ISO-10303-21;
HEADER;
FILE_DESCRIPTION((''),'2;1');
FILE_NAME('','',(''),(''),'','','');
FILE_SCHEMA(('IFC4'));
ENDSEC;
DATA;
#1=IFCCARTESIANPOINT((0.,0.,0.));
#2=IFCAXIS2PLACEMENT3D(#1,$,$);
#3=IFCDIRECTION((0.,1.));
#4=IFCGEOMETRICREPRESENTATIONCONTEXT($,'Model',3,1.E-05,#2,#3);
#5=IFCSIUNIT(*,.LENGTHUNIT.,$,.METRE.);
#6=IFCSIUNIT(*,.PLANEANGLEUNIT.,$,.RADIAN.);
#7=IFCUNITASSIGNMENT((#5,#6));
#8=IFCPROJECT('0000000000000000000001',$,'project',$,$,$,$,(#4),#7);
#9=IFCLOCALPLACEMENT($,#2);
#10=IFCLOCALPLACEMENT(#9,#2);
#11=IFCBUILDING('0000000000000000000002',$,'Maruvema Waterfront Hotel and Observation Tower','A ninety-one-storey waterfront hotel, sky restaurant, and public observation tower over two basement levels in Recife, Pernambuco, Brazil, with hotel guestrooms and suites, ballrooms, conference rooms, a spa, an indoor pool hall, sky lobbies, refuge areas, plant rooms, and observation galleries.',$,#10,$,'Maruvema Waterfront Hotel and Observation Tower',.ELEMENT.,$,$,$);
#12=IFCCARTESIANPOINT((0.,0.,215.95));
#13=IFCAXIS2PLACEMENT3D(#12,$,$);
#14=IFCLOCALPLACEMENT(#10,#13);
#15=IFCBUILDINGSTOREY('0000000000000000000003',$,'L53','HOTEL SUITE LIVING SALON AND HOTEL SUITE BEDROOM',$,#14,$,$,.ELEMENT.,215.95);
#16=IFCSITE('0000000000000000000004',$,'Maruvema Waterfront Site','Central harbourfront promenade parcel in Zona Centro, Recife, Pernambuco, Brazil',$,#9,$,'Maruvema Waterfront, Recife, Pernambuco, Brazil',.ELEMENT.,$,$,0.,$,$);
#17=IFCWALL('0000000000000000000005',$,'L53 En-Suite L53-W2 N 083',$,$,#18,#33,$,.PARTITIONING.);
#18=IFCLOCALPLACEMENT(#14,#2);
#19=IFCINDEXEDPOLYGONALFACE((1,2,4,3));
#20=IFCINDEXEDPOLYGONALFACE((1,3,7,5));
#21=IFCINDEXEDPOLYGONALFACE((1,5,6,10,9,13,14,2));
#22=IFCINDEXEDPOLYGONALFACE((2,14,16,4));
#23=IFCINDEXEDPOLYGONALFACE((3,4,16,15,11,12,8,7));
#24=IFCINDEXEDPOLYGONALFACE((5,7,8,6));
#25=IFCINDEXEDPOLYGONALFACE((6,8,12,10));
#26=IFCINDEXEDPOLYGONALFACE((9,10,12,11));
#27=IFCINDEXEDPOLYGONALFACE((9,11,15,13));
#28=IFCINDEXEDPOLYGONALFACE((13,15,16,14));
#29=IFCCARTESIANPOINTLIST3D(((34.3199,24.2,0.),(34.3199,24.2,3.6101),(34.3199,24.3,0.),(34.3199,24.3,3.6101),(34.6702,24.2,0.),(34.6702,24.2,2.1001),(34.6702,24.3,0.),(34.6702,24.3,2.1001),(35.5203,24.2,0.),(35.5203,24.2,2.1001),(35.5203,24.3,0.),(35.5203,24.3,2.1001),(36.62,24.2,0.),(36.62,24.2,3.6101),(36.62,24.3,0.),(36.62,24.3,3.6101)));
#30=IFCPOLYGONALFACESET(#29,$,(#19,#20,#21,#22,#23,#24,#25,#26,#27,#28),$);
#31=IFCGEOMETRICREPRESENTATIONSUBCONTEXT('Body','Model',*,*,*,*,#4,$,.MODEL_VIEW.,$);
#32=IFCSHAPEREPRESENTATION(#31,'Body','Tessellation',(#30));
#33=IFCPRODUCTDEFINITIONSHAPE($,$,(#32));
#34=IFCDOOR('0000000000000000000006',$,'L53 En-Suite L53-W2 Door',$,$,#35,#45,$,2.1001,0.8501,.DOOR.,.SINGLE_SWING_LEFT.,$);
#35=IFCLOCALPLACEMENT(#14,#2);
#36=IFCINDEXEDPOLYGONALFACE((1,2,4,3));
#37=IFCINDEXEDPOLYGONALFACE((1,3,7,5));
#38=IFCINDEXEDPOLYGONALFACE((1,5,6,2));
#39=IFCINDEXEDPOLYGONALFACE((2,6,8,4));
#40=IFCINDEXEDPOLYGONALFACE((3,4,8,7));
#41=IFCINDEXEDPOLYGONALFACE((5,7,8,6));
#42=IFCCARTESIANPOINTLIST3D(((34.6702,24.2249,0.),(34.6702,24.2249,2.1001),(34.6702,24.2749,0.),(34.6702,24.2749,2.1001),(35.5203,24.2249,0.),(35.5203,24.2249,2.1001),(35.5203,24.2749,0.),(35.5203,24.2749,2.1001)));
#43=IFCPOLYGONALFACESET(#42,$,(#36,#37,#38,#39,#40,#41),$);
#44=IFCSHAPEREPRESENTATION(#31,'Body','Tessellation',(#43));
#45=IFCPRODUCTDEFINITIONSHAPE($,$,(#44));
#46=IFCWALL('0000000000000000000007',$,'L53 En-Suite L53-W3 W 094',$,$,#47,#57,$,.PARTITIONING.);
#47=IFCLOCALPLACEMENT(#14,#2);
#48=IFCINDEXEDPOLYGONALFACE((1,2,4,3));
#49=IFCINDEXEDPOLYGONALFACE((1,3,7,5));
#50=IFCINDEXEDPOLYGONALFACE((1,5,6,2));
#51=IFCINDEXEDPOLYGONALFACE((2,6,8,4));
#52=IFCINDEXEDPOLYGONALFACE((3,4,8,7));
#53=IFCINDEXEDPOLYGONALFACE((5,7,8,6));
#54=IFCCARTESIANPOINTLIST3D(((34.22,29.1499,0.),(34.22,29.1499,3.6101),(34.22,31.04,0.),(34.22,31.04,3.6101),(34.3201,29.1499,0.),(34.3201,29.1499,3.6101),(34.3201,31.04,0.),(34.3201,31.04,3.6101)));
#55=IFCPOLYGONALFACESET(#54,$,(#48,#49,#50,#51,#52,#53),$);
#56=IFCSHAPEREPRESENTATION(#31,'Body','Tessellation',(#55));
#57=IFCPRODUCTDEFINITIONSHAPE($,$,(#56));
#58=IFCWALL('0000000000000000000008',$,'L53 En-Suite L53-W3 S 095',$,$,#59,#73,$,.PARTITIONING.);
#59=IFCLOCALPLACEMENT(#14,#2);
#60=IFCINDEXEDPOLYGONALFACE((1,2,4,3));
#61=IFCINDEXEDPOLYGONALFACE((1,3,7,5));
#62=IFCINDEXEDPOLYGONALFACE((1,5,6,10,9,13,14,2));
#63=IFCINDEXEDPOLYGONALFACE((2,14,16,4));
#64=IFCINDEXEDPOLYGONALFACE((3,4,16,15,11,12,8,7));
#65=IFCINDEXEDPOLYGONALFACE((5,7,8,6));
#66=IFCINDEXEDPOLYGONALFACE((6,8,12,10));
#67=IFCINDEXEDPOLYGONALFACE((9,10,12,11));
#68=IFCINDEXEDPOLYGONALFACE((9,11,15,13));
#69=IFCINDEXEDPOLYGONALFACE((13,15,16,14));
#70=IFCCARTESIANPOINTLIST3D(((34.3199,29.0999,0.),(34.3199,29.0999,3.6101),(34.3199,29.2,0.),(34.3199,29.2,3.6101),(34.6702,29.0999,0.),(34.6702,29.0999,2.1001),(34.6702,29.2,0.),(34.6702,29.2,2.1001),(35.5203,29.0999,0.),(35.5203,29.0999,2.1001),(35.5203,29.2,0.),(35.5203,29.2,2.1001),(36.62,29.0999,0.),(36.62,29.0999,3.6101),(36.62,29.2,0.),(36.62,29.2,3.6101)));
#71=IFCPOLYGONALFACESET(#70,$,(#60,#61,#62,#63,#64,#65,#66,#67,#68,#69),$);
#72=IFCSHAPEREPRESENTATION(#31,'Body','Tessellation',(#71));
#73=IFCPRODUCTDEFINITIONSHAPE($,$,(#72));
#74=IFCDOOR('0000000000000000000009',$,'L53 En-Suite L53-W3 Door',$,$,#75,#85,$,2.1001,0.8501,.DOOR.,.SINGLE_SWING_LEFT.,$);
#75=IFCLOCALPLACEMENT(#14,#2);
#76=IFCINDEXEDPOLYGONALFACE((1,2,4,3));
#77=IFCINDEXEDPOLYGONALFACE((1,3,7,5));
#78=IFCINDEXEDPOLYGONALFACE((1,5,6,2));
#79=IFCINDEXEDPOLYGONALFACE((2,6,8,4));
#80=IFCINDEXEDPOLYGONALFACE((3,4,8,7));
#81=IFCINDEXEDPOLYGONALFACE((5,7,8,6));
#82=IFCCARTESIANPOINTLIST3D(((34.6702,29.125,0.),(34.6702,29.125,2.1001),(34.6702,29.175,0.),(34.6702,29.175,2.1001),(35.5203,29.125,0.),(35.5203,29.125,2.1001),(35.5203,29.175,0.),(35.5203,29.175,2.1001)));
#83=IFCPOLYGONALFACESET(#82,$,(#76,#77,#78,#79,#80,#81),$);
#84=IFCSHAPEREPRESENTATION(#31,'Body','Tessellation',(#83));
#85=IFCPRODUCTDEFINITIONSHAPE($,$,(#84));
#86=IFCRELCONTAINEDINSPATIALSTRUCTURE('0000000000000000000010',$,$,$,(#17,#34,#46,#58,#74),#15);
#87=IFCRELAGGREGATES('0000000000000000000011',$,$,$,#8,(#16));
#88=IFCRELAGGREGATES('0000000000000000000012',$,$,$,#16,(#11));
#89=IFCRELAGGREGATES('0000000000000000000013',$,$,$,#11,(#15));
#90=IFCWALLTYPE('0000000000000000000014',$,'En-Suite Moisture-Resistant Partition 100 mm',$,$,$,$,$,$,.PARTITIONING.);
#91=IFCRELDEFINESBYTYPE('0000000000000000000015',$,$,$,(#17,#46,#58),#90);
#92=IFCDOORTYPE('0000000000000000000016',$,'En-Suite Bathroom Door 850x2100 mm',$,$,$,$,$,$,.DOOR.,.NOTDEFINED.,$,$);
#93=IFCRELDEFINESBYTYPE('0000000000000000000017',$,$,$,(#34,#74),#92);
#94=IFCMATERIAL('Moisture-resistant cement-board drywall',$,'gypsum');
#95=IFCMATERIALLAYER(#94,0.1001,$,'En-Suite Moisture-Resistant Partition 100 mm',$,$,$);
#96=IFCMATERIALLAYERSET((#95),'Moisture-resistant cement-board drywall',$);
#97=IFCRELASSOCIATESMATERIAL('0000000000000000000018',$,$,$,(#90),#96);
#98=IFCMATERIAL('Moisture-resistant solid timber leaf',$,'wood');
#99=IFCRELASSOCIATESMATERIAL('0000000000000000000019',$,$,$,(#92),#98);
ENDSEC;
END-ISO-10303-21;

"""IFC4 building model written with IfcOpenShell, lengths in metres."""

from ifc_helpers import new_model, si_unit, direction, frame, frame_2d, origin, place, context, subcontext, project, spatial, rectangle, extrude, material, layer, layer_set, type_object, element, fill, save


model = new_model("IFC4")

# Units and contexts
model_context = context("Model", 3, precision=1e-05, world=origin(), true_north=direction((0.0, 1.0)))
body_context = subcontext(model_context, "Body", "Model", "MODEL_VIEW")
ifc_project = project(units=[si_unit("LENGTHUNIT", "METRE"), si_unit("PLANEANGLEUNIT", "RADIAN")], contexts=[model_context])

# Site, building, storey
site_placement = place(None, origin())
site = spatial("IfcSite", under=ifc_project, at=site_placement, Name="Maruvema Waterfront Site", Description="Central harbourfront promenade parcel in Zona Centro, Recife, Pernambuco, Brazil", LongName="Maruvema Waterfront, Recife, Pernambuco, Brazil", CompositionType="ELEMENT", RefElevation=0.0)
building_placement = place(site_placement, origin())
building = spatial("IfcBuilding", under=site, at=building_placement, Name="Maruvema Waterfront Hotel and Observation Tower", Description="A ninety-one-storey waterfront hotel, sky restaurant, and public observation tower over two basement levels in Recife, Pernambuco, Brazil, with hotel guestrooms and suites, ballrooms, conference rooms, a spa, an indoor pool hall, sky lobbies, refuge areas, plant rooms, and observation galleries.", LongName="Maruvema Waterfront Hotel and Observation Tower", CompositionType="ELEMENT")
storey_placement = place(building_placement, frame((0.0, 0.0, 215.95)))
storey = spatial("IfcBuildingStorey", under=building, at=storey_placement, Name="L53", Description="HOTEL SUITE LIVING SALON AND HOTEL SUITE BEDROOM", CompositionType="ELEMENT", Elevation=215.95)

# Shared definitions
ifc_material_1 = material(Name="Moisture-resistant cement-board drywall", Category="gypsum")
ifc_layer_1 = layer(ifc_material_1, 0.1001, Name="En-Suite Moisture-Resistant Partition 100 mm")
ifc_layer_set_1 = layer_set([ifc_layer_1], Name="Moisture-resistant cement-board drywall")
wall_type_1 = type_object("IfcWallType", Name="En-Suite Moisture-Resistant Partition 100 mm", PredefinedType="PARTITIONING", material=ifc_layer_set_1)

# Shared definitions
ifc_material_2 = material(Name="Moisture-resistant solid timber leaf", Category="wood")
door_type_1 = type_object("IfcDoorType", Name="En-Suite Bathroom Door 850x2100 mm", OperationType="NOTDEFINED", PredefinedType="DOOR", material=ifc_material_2)

# Wall, opening, door
wall_1_placement = place(storey_placement, frame((34.3201, 24.25, 0.0), z_axis=(0.0, 0.0, 1.0), x_axis=(1.0, 0.0, 0.0)))
wall_1 = element("IfcWall", 1, at=wall_1_placement, inside=storey, type_object=wall_type_1, Name="L53 En-Suite L53-W2 N 083", PredefinedType="PARTITIONING", context=body_context, shape_type="SweptSolid", body=[
    extrude(rectangle(XDim=2.3, YDim=0.1001, at=frame_2d((1.1499, 0.0))), origin(), (0.0, 0.0, 1.0), 3.6101),
])
opening_1_placement = place(wall_1_placement, frame((0.3501, 0.0, 0.0)))
opening_1 = element("IfcOpeningElement", 2, at=opening_1_placement, cuts=wall_1, PredefinedType="OPENING", context=body_context, shape_type="SweptSolid", body=[
    extrude(rectangle(XDim=0.8501, YDim=2.1001, at=frame_2d((0.425, 1.05))), frame((0.0, 0.0601, 0.0), z_axis=(0.0, -1.0, 0.0), x_axis=(1.0, 0.0, 0.0)), (0.0, 0.0, 1.0), 0.1201),
])
door_1_placement = place(opening_1_placement, origin())
door_1 = element("IfcDoor", 3, at=door_1_placement, inside=storey, type_object=door_type_1, Name="L53 En-Suite L53-W2 Door", OperationType="SINGLE_SWING_LEFT", OverallHeight=2.1001, OverallWidth=0.8501, PredefinedType="DOOR", context=body_context, shape_type="SweptSolid", body=[
    extrude(rectangle(XDim=0.8501, YDim=2.1001, at=frame_2d((0.425, 1.05))), frame((0.0, 0.0249, 0.0), z_axis=(0.0, -1.0, 0.0), x_axis=(1.0, 0.0, 0.0)), (0.0, 0.0, 1.0), 0.05),
])
fill(opening_1, door_1)

# Wall
wall_2_placement = place(storey_placement, frame((34.27, 29.1499, 0.0), z_axis=(0.0, 0.0, 1.0), x_axis=(0.0, 1.0, 0.0)))
element("IfcWall", 4, at=wall_2_placement, inside=storey, type_object=wall_type_1, Name="L53 En-Suite L53-W3 W 094", PredefinedType="PARTITIONING", context=body_context, shape_type="SweptSolid", body=[
    extrude(rectangle(XDim=1.8901, YDim=0.1001, at=frame_2d((0.9451, 0.0))), origin(), (0.0, 0.0, 1.0), 3.6101),
])

# Wall, opening, door
wall_3_placement = place(storey_placement, frame((34.3201, 29.1499, 0.0), z_axis=(0.0, 0.0, 1.0), x_axis=(1.0, 0.0, 0.0)))
wall_3 = element("IfcWall", 5, at=wall_3_placement, inside=storey, type_object=wall_type_1, Name="L53 En-Suite L53-W3 S 095", PredefinedType="PARTITIONING", context=body_context, shape_type="SweptSolid", body=[
    extrude(rectangle(XDim=2.3, YDim=0.1001, at=frame_2d((1.1499, 0.0))), origin(), (0.0, 0.0, 1.0), 3.6101),
])
opening_2_placement = place(wall_3_placement, frame((0.3501, 0.0, 0.0)))
opening_2 = element("IfcOpeningElement", 6, at=opening_2_placement, cuts=wall_3, PredefinedType="OPENING", context=body_context, shape_type="SweptSolid", body=[
    extrude(rectangle(XDim=0.8501, YDim=2.1001, at=frame_2d((0.425, 1.05))), frame((0.0, 0.0601, 0.0), z_axis=(0.0, -1.0, 0.0), x_axis=(1.0, 0.0, 0.0)), (0.0, 0.0, 1.0), 0.1201),
])
door_2_placement = place(opening_2_placement, frame((0.8501, 0.0, 0.0), z_axis=(0.0, 0.0, 1.0), x_axis=(-1.0, 0.0, 0.0)))
door_2 = element("IfcDoor", 7, at=door_2_placement, inside=storey, type_object=door_type_1, Name="L53 En-Suite L53-W3 Door", OperationType="SINGLE_SWING_LEFT", OverallHeight=2.1001, OverallWidth=0.8501, PredefinedType="DOOR", context=body_context, shape_type="SweptSolid", body=[
    extrude(rectangle(XDim=0.8501, YDim=2.1001, at=frame_2d((0.425, 1.05))), frame((0.0, 0.0249, 0.0), z_axis=(0.0, -1.0, 0.0), x_axis=(1.0, 0.0, 0.0)), (0.0, 0.0, 1.0), 0.05),
])
fill(opening_2, door_2)

save(model, "model.ifc")
